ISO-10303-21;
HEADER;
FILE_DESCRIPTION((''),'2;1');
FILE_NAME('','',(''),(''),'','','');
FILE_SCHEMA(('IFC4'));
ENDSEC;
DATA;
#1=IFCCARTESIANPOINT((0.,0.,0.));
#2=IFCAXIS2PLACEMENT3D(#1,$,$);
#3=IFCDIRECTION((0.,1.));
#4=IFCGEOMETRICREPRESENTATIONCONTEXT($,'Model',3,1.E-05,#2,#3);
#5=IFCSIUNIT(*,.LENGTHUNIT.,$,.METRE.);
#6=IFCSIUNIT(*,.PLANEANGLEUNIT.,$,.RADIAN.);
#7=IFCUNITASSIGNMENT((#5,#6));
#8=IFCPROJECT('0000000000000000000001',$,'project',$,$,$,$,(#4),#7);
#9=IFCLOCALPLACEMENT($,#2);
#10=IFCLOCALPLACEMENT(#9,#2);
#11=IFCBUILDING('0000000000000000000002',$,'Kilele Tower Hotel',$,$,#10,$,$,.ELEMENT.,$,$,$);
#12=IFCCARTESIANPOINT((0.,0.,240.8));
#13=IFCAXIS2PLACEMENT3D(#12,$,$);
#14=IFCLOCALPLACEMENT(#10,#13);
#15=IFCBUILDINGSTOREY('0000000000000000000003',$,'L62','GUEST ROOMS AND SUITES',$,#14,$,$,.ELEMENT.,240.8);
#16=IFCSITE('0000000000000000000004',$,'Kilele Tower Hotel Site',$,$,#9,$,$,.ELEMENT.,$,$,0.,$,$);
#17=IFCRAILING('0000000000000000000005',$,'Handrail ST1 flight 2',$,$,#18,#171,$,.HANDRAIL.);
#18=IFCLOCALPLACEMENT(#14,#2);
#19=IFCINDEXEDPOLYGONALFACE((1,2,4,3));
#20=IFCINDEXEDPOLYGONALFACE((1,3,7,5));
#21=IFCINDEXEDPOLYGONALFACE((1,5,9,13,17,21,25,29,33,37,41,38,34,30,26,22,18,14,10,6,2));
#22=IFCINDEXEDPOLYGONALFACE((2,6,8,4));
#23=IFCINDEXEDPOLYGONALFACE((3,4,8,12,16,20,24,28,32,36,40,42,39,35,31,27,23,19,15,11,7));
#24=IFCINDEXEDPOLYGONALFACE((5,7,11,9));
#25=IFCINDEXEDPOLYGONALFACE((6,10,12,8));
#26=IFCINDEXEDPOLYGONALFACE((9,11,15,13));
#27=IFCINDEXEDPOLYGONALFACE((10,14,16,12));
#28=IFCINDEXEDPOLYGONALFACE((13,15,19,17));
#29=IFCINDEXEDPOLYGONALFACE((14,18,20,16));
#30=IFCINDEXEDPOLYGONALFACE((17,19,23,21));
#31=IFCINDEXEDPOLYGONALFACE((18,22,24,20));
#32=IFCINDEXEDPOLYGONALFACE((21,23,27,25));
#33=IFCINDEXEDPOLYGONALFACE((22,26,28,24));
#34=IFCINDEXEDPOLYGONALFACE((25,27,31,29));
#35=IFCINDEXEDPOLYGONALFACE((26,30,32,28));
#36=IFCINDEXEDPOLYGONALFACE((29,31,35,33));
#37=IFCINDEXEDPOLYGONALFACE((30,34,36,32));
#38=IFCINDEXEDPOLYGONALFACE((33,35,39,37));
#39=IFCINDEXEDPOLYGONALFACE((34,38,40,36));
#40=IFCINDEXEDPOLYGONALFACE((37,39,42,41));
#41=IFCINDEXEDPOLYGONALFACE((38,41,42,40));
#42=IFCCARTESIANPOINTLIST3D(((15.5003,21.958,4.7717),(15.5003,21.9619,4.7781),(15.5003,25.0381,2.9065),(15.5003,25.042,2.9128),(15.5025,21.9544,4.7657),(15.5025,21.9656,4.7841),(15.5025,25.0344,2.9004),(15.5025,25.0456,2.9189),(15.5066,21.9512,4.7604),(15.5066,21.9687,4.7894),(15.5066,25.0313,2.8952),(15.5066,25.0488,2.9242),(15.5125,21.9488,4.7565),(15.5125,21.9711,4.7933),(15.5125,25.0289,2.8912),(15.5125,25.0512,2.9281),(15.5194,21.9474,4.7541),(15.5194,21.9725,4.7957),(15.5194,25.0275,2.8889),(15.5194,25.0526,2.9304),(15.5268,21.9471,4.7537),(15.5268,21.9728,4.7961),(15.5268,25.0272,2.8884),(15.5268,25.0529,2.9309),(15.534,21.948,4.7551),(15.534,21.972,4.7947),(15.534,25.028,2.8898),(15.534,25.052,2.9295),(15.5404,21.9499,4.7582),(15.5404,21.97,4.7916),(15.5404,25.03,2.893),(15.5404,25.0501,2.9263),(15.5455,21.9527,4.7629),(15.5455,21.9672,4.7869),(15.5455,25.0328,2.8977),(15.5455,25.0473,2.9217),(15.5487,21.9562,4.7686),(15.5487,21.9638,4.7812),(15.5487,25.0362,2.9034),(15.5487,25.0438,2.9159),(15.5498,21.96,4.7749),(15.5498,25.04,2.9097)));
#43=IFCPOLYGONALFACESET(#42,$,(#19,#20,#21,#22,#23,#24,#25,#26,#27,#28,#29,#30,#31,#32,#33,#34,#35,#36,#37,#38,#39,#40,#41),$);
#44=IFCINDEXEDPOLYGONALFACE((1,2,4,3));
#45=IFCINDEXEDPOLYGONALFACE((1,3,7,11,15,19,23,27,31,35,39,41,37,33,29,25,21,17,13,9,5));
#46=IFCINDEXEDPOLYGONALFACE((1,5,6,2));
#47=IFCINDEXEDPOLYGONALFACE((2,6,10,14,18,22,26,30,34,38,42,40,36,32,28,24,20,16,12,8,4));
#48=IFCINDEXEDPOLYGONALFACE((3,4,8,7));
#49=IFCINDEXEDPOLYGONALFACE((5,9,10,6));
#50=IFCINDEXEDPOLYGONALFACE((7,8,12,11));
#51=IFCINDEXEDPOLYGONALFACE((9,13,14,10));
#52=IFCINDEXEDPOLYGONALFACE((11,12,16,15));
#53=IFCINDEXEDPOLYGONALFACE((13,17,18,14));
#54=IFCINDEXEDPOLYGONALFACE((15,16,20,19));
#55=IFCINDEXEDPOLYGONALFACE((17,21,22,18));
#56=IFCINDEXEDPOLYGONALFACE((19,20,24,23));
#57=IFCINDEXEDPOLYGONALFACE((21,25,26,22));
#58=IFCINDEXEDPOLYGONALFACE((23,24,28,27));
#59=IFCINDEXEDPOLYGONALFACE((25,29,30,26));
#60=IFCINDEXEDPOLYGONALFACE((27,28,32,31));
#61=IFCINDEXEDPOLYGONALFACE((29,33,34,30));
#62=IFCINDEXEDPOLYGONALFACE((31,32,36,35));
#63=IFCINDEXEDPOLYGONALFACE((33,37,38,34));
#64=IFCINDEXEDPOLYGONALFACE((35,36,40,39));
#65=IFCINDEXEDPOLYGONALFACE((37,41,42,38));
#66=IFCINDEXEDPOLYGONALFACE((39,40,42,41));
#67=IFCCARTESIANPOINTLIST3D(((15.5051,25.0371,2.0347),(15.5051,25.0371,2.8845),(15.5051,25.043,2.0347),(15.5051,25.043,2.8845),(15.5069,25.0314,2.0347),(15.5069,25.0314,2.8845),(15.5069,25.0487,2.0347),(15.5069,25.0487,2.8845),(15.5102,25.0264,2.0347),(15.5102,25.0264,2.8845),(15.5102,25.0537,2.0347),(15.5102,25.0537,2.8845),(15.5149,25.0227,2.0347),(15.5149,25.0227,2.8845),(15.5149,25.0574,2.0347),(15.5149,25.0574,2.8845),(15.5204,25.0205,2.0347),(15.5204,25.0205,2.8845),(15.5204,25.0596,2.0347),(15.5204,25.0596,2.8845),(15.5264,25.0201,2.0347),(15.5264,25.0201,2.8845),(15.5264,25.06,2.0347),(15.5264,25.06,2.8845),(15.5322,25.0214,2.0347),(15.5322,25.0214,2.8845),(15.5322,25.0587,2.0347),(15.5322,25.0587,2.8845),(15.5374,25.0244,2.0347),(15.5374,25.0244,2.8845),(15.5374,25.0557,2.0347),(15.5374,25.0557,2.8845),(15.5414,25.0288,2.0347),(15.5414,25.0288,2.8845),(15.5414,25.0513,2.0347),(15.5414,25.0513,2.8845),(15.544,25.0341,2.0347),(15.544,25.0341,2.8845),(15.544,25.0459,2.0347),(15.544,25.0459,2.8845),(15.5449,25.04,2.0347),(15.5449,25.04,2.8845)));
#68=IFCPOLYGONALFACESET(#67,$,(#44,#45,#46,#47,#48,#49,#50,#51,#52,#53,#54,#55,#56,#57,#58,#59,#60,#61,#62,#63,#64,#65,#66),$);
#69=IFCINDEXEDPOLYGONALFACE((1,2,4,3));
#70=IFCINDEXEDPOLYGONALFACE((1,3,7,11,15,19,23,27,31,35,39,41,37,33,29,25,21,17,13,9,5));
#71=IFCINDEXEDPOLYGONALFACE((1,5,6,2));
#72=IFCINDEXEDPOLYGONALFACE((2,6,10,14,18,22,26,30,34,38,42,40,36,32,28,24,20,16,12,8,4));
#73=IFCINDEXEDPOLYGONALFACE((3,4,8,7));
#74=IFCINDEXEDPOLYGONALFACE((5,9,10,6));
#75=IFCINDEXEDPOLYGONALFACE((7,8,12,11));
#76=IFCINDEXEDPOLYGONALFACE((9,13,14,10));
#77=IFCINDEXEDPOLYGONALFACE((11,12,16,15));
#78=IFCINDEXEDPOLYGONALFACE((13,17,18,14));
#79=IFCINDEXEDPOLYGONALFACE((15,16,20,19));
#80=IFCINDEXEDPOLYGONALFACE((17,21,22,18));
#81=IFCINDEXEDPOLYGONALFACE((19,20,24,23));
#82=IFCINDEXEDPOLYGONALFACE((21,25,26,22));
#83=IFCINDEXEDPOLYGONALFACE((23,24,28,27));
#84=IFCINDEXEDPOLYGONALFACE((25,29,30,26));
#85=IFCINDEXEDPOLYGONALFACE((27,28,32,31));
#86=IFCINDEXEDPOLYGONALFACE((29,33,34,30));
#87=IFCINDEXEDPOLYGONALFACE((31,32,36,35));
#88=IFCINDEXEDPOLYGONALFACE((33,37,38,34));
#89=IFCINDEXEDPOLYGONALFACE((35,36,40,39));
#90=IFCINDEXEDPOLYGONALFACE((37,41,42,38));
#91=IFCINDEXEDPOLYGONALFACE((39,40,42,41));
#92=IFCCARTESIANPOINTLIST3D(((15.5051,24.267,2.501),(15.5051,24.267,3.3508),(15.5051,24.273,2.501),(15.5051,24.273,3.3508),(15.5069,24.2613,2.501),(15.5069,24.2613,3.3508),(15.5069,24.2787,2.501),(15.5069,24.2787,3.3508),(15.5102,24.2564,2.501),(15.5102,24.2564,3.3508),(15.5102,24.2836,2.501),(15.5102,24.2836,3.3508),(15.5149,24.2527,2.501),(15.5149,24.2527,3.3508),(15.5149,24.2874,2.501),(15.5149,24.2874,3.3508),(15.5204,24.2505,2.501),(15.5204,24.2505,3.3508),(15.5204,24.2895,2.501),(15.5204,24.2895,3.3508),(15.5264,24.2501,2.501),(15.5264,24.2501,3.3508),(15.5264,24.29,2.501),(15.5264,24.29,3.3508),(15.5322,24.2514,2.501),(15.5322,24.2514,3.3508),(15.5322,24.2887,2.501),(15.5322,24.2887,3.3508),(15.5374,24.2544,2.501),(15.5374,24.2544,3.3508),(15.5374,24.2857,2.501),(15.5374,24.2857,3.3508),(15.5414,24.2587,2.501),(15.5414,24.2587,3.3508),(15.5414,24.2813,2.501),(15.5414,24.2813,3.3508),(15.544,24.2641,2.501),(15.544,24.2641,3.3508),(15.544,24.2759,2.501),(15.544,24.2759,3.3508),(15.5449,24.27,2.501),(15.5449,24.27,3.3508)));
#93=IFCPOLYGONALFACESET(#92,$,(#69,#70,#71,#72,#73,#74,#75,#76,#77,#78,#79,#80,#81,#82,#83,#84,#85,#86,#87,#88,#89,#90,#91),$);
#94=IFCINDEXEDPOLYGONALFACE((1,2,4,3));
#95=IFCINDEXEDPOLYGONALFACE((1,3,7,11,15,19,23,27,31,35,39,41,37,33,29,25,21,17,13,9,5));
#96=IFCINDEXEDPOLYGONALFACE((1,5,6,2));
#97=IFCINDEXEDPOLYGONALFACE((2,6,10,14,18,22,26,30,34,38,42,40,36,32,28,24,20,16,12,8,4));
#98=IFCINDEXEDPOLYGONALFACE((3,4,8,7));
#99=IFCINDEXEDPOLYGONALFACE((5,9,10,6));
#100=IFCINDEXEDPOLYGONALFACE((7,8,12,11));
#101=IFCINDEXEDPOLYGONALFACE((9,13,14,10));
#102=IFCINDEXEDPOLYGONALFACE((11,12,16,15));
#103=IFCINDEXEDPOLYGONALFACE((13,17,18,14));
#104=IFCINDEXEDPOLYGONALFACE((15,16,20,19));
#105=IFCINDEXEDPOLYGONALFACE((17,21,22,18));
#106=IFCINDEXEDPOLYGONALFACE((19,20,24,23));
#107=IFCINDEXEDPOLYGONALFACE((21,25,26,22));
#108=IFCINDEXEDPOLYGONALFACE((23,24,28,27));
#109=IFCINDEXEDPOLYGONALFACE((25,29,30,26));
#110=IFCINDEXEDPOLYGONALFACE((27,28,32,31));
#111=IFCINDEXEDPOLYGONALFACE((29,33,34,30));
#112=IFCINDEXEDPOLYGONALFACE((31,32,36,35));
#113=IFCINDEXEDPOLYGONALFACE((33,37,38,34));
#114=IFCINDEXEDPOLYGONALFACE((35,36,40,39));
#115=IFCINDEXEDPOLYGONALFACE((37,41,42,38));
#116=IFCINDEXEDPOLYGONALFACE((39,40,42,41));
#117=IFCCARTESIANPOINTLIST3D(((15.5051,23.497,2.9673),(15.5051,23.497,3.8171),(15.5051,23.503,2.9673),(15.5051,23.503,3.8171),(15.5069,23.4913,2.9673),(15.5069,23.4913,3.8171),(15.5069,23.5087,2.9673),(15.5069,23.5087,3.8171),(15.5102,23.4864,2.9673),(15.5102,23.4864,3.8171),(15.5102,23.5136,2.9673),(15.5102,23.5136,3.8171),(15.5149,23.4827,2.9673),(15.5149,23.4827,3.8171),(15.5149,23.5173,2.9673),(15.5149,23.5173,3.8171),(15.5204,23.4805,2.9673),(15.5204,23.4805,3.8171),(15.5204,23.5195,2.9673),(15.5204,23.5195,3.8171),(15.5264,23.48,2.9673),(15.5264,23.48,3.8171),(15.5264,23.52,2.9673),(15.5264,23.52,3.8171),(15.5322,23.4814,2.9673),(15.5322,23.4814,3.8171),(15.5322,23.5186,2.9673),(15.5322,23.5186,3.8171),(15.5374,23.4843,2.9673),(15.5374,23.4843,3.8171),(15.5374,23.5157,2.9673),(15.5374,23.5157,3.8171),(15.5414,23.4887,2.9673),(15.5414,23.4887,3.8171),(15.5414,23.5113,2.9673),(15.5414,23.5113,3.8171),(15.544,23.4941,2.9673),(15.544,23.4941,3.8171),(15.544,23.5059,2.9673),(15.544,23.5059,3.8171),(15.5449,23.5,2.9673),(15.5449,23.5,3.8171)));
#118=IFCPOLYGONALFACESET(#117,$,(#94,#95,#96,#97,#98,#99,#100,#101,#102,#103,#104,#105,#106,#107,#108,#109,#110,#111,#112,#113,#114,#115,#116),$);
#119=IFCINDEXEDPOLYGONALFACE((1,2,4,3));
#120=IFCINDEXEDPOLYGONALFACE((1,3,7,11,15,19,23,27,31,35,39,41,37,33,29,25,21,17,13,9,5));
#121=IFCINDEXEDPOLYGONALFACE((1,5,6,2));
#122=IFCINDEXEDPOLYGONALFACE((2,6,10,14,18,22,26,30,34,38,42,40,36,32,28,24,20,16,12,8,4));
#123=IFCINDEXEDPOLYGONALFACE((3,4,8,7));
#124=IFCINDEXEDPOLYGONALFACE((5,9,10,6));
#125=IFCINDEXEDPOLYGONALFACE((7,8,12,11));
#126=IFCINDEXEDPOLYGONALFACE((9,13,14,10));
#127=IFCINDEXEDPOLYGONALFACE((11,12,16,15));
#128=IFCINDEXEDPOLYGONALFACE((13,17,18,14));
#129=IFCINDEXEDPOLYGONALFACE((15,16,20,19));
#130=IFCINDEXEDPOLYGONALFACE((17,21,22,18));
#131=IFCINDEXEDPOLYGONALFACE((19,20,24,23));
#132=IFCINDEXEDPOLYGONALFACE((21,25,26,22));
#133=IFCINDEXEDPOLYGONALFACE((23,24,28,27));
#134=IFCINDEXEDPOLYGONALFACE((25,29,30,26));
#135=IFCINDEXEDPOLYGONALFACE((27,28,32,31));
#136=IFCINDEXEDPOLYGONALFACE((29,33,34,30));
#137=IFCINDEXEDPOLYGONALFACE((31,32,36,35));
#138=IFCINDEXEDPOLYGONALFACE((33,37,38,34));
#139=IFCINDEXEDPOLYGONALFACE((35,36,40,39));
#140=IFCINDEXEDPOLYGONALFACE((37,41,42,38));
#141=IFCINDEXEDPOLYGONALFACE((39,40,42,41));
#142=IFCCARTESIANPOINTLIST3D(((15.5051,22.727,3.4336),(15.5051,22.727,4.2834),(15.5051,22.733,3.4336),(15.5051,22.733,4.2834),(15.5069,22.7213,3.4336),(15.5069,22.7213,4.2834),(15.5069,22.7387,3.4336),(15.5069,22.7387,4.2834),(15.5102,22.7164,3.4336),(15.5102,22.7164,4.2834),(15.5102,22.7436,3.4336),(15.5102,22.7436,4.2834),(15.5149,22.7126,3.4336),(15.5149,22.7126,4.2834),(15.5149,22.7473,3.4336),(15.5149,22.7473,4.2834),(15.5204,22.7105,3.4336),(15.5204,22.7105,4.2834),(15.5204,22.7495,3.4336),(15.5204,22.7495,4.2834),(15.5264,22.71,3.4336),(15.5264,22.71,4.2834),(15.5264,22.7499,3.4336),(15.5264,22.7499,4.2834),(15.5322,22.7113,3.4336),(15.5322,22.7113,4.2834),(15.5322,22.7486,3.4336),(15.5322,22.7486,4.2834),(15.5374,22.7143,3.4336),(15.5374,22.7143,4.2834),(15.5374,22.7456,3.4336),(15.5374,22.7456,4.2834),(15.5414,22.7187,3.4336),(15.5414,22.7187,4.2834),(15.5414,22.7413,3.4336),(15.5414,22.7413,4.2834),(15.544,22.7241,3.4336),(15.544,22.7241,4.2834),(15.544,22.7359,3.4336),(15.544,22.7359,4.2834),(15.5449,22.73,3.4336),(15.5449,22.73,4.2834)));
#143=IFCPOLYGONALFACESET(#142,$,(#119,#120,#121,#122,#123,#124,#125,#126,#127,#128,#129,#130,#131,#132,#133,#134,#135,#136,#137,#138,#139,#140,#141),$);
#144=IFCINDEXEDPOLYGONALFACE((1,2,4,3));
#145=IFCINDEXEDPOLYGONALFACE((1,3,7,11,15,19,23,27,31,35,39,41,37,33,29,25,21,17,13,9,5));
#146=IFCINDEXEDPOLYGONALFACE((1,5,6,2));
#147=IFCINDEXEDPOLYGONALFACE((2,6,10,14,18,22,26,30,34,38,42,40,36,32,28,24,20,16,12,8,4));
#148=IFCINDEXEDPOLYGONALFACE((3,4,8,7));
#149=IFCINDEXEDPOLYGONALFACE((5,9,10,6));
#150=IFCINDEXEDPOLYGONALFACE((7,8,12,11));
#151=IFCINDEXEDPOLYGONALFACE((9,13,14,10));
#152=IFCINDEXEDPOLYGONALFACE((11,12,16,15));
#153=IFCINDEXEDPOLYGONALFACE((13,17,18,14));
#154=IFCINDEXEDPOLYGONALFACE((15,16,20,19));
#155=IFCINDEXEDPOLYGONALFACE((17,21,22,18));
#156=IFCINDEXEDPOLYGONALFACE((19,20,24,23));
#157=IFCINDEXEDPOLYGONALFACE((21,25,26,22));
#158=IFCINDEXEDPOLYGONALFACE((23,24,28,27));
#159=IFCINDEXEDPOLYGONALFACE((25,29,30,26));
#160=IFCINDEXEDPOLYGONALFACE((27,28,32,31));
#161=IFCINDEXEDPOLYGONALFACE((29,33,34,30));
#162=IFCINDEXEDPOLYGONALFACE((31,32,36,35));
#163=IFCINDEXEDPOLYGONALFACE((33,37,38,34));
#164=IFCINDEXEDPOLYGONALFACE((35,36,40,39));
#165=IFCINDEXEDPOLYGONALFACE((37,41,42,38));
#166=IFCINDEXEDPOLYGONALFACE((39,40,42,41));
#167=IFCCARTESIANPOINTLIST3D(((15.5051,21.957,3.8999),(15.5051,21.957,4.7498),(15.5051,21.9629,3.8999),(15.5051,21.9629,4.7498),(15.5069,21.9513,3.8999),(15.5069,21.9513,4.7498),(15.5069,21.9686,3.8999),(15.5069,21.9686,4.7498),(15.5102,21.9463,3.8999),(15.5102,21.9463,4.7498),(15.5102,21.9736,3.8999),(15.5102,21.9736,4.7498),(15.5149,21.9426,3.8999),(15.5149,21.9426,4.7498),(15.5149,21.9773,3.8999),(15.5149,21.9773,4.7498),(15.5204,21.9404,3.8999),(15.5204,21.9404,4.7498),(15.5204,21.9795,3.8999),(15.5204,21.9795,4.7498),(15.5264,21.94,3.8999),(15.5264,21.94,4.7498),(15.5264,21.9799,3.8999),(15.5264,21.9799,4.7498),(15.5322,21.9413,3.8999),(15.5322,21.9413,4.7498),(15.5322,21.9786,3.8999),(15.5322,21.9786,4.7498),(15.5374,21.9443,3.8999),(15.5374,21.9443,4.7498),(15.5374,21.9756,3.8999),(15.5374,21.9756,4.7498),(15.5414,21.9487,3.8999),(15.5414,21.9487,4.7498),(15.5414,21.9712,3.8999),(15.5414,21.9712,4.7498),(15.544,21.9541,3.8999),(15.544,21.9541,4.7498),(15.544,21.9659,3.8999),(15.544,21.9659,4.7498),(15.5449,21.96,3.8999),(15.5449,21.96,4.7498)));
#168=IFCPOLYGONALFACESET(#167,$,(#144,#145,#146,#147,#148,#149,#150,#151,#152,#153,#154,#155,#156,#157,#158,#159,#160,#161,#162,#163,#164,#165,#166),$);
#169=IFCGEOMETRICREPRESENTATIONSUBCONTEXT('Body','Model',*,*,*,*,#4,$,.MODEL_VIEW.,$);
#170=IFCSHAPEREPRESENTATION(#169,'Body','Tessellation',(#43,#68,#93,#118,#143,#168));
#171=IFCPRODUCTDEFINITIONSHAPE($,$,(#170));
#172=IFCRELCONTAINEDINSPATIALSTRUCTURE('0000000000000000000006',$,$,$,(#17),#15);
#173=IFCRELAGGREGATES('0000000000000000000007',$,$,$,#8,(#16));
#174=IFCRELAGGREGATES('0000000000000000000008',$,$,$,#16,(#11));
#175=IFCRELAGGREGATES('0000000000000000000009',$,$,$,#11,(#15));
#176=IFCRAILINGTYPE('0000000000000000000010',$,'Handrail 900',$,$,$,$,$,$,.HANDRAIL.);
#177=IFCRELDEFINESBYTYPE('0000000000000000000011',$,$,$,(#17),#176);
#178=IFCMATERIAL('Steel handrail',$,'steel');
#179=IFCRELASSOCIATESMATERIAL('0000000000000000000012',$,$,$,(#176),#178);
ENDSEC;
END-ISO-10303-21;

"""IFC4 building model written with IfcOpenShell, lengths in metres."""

from ifc_helpers import new_model, si_unit, direction, frame, origin, origin_2d, place, context, subcontext, project, spatial, circle, extrude, material, type_object, element, save


model = new_model("IFC4")

# Units and contexts
model_context = context("Model", 3, precision=1e-05, world=origin(), true_north=direction((0.0, 1.0)))
body_context = subcontext(model_context, "Body", "Model", "MODEL_VIEW")
ifc_project = project(units=[si_unit("LENGTHUNIT", "METRE"), si_unit("PLANEANGLEUNIT", "RADIAN")], contexts=[model_context])

# Site, building, storey
site_placement = place(None, origin())
site = spatial("IfcSite", under=ifc_project, at=site_placement, Name="Kilele Tower Hotel Site", CompositionType="ELEMENT", RefElevation=0.0)
building_placement = place(site_placement, origin())
building = spatial("IfcBuilding", under=site, at=building_placement, Name="Kilele Tower Hotel", CompositionType="ELEMENT")
storey_placement = place(building_placement, frame((0.0, 0.0, 240.8)))
storey = spatial("IfcBuildingStorey", under=building, at=storey_placement, Name="L62", Description="GUEST ROOMS AND SUITES", CompositionType="ELEMENT", Elevation=240.8)

# Railing
ifc_material_1 = material(Name="Steel handrail", Category="steel")
railing_type_1 = type_object("IfcRailingType", Name="Handrail 900", PredefinedType="HANDRAIL", material=ifc_material_1)
for number, where, name in (
    (1, (15.5249, 25.04, 2.0347), "Handrail ST1 flight 2"),
):
    element("IfcRailing", number, at=place(storey_placement, frame(where)), inside=storey, type_object=railing_type_1, Name=name, PredefinedType="HANDRAIL", context=body_context, shape_type="SweptSolid", body=[
        extrude(circle(Radius=0.0249, at=origin_2d()), frame((0.0, 0.0, 0.875), z_axis=(0.0, -0.85538, 0.518001), x_axis=(1.0, 0.0, 0.0)), (0.0, 0.0, 1.0), 3.6008),
        extrude(circle(Radius=0.02, at=origin_2d()), origin(), (0.0, 0.0, 1.0), 0.8499),
        extrude(circle(Radius=0.02, at=origin_2d()), frame((0.0, -0.77, 0.4663)), (0.0, 0.0, 1.0), 0.8499),
        extrude(circle(Radius=0.02, at=origin_2d()), frame((0.0, -1.54, 0.9326)), (0.0, 0.0, 1.0), 0.8499),
        extrude(circle(Radius=0.02, at=origin_2d()), frame((0.0, -2.3101, 1.3989)), (0.0, 0.0, 1.0), 0.8499),
        extrude(circle(Radius=0.02, at=origin_2d()), frame((0.0, -3.0801, 1.8652)), (0.0, 0.0, 1.0), 0.8499),
    ])

save(model, "model.ifc")
